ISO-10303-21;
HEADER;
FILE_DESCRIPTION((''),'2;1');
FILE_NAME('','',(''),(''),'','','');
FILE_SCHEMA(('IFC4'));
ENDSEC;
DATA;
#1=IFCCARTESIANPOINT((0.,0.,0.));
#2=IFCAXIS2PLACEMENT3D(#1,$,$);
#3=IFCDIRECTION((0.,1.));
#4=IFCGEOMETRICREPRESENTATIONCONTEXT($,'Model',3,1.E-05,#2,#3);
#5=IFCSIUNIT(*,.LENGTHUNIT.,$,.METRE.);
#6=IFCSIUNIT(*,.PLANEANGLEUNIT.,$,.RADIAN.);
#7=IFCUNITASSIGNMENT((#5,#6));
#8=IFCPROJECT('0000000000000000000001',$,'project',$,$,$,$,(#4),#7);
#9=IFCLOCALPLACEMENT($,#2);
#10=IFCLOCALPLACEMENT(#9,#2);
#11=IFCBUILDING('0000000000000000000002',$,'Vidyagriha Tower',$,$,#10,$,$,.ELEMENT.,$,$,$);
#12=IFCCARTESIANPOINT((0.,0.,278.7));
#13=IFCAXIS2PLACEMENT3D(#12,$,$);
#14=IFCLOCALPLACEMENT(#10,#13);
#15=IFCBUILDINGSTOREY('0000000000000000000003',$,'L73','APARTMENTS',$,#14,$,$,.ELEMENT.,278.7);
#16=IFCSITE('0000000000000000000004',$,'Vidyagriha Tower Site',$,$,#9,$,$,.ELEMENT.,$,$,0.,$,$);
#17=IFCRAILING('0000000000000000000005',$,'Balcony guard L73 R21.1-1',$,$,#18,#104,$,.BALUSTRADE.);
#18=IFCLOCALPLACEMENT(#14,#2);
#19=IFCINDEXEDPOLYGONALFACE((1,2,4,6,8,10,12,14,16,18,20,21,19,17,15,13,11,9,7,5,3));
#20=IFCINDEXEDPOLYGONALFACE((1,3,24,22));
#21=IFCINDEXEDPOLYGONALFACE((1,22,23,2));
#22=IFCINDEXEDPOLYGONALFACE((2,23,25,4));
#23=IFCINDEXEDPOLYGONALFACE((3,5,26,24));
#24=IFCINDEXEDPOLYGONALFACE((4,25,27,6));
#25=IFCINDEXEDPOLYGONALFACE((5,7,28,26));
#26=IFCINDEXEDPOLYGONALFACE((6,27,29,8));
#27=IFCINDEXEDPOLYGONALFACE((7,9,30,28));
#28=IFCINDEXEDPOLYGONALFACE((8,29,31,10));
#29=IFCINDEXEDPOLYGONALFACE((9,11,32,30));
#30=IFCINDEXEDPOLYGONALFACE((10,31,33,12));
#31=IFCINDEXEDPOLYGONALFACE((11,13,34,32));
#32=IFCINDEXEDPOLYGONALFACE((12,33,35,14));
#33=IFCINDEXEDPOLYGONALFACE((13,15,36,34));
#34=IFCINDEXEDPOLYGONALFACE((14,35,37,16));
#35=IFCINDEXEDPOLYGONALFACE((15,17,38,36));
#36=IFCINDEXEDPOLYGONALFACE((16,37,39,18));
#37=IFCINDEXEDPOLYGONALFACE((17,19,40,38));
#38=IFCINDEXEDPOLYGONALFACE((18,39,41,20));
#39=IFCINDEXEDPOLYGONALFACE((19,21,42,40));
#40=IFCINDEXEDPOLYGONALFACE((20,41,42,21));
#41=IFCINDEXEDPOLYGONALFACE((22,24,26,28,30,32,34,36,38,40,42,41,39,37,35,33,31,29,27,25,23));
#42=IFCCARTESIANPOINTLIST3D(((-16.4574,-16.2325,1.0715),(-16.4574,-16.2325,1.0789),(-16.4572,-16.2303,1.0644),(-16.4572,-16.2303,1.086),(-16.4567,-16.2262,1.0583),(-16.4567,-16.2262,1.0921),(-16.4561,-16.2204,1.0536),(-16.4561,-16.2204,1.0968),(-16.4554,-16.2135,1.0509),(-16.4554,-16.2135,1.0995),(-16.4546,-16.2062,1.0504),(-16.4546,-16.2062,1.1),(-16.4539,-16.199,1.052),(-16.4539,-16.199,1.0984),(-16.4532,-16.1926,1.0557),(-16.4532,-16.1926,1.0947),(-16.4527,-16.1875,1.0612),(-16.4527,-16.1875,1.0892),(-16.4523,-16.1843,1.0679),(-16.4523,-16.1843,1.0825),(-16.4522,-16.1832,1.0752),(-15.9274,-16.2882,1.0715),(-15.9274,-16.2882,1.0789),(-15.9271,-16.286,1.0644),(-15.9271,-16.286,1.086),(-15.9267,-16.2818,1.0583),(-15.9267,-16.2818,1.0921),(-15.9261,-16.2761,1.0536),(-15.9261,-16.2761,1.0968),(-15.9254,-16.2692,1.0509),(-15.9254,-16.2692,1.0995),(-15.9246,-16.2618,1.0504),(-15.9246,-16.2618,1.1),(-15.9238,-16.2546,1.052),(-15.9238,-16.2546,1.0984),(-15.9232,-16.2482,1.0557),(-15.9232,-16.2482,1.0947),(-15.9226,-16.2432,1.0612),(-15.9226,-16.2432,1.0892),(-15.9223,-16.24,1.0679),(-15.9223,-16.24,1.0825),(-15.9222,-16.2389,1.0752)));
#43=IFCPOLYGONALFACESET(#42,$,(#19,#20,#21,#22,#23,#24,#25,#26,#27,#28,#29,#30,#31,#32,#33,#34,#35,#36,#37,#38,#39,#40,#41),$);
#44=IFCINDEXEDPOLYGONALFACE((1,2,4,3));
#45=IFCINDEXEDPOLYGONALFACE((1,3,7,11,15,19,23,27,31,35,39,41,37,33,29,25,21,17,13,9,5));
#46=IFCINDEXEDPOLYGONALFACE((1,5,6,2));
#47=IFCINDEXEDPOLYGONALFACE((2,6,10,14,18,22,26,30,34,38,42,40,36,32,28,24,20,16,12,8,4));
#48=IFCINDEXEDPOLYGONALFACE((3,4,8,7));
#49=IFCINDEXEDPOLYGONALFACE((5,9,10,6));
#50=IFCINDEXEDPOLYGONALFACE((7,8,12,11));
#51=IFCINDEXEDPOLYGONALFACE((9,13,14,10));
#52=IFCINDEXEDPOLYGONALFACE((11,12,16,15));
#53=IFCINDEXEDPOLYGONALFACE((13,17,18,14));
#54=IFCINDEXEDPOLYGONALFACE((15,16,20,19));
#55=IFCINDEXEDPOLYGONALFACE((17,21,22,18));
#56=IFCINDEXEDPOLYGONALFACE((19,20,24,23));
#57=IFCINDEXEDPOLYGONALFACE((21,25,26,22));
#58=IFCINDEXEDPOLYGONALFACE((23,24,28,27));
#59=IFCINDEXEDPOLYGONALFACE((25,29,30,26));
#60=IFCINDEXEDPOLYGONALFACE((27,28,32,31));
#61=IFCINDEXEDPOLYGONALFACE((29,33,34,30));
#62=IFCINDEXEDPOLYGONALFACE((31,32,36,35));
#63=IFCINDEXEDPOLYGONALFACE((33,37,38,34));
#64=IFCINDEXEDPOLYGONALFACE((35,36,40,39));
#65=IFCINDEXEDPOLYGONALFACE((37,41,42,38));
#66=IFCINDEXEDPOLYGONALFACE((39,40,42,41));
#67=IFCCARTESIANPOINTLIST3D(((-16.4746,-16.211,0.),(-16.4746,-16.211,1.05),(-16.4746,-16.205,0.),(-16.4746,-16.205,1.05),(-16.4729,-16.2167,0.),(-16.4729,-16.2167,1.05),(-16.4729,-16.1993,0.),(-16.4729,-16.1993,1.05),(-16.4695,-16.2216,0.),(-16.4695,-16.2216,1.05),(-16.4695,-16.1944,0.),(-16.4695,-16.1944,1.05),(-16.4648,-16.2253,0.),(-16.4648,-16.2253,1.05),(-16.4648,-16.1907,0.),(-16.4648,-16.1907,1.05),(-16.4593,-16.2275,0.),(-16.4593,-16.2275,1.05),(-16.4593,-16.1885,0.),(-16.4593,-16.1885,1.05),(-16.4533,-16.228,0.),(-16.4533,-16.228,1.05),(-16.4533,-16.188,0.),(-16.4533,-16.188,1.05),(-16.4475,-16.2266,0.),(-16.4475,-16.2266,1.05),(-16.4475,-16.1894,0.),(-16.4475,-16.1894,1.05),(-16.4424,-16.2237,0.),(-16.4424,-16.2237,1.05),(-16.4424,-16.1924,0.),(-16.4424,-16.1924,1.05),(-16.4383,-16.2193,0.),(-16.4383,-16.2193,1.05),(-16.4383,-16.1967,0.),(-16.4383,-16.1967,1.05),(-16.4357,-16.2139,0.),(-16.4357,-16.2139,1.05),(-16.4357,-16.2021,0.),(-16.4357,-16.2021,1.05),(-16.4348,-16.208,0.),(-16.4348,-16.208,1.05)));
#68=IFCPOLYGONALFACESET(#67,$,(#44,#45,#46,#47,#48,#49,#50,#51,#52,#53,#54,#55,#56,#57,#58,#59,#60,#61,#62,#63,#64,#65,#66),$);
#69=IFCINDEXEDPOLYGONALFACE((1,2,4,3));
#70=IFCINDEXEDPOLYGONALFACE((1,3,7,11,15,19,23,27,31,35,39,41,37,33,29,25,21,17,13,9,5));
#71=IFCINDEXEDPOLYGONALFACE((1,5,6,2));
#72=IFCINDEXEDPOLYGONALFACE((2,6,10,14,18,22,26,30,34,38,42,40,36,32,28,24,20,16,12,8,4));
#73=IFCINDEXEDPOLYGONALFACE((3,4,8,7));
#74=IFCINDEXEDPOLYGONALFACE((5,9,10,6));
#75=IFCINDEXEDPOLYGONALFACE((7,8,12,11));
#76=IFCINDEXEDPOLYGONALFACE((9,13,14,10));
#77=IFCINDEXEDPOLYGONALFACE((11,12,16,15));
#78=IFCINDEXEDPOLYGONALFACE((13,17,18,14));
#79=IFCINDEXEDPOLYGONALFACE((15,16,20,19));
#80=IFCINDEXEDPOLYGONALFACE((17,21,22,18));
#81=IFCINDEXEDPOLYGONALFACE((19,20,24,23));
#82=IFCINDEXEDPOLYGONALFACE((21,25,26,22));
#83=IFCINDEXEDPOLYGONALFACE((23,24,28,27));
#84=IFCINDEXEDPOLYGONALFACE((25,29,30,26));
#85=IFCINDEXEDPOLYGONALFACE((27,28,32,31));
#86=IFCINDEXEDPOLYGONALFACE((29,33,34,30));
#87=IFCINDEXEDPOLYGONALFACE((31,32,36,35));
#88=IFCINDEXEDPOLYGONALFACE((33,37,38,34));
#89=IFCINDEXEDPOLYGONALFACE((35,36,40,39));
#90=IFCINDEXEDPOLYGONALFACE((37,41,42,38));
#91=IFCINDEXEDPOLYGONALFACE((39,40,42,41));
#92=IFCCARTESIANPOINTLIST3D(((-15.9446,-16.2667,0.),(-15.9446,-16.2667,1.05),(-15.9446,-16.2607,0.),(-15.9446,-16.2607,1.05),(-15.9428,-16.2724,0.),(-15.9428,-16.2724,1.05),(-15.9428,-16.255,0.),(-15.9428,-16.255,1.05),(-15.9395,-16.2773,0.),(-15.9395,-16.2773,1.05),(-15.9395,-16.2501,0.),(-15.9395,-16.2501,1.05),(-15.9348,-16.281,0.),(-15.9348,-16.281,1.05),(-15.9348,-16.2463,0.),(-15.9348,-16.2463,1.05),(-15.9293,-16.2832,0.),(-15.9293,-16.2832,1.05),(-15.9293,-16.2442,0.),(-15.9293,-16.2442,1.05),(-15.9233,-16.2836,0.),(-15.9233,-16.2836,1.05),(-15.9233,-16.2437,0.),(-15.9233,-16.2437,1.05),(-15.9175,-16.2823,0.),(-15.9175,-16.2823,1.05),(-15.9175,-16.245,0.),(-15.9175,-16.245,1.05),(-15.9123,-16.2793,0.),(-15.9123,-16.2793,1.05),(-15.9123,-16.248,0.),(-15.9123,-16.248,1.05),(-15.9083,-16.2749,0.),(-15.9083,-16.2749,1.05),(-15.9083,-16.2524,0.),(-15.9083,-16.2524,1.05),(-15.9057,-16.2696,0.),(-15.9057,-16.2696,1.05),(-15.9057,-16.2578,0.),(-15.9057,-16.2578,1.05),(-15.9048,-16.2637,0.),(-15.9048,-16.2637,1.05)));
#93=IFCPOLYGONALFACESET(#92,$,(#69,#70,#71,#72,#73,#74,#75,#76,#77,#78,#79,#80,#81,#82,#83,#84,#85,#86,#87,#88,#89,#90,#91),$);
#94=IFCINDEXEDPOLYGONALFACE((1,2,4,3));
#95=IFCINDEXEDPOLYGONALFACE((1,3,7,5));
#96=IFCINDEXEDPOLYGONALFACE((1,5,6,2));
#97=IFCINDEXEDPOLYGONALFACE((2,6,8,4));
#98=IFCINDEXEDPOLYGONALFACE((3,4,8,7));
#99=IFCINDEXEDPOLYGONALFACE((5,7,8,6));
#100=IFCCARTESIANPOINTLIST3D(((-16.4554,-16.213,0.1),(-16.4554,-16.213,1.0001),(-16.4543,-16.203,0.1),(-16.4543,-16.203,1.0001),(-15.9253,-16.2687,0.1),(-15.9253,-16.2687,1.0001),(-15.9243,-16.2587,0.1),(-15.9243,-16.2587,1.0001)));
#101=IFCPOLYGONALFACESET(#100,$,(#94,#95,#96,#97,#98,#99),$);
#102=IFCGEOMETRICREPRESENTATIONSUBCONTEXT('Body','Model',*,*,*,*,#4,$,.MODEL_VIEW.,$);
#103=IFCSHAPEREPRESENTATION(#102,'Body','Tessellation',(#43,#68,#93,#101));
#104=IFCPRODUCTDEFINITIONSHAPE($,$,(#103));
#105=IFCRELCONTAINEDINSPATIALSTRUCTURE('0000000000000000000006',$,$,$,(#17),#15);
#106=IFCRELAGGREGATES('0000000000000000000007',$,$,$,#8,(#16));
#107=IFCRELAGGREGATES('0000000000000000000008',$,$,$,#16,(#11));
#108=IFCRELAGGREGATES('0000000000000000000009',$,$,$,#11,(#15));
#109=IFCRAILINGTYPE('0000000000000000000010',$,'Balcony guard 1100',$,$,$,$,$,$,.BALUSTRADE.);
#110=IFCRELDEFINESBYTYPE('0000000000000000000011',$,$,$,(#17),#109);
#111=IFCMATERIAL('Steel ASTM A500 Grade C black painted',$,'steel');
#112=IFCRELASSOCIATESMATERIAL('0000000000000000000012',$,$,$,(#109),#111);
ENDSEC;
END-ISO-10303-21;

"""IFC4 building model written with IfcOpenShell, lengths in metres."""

from ifc_helpers import new_model, si_unit, direction, frame, origin, origin_2d, place, context, subcontext, project, spatial, rectangle, circle, extrude, material, type_object, element, save


model = new_model("IFC4")

# Units and contexts
model_context = context("Model", 3, precision=1e-05, world=origin(), true_north=direction((0.0, 1.0)))
body_context = subcontext(model_context, "Body", "Model", "MODEL_VIEW")
ifc_project = project(units=[si_unit("LENGTHUNIT", "METRE"), si_unit("PLANEANGLEUNIT", "RADIAN")], contexts=[model_context])

# Site, building, storey
site_placement = place(None, origin())
site = spatial("IfcSite", under=ifc_project, at=site_placement, Name="Vidyagriha Tower Site", CompositionType="ELEMENT", RefElevation=0.0)
building_placement = place(site_placement, origin())
building = spatial("IfcBuilding", under=site, at=building_placement, Name="Vidyagriha Tower", CompositionType="ELEMENT")
storey_placement = place(building_placement, frame((0.0, 0.0, 278.7)))
storey = spatial("IfcBuildingStorey", under=building, at=storey_placement, Name="L73", Description="APARTMENTS", CompositionType="ELEMENT", Elevation=278.7)

# Railing
ifc_material_1 = material(Name="Steel ASTM A500 Grade C black painted", Category="steel")
railing_type_1 = type_object("IfcRailingType", Name="Balcony guard 1100", PredefinedType="BALUSTRADE", material=ifc_material_1)
railing_1_placement = place(storey_placement, frame((-16.4548, -16.208, 0.0)))
element("IfcRailing", 1, at=railing_1_placement, inside=storey, type_object=railing_type_1, Name="Balcony guard L73 R21.1-1", PredefinedType="BALUSTRADE", context=body_context, shape_type="SweptSolid", body=[
    extrude(circle(Radius=0.0249, at=origin_2d()), frame((0.0, 0.0, 1.0752), z_axis=(0.994531, -0.104446, 0.0), x_axis=(0.104446, 0.994531, 0.0)), (0.0, 0.0, 1.0), 0.533),
    extrude(circle(Radius=0.02, at=origin_2d()), origin(), (0.0, 0.0, 1.0), 1.05),
    extrude(circle(Radius=0.02, at=origin_2d()), frame((0.53, -0.0557, 0.0)), (0.0, 0.0, 1.0), 1.05),
    extrude(rectangle(XDim=0.01, YDim=0.9001, at=origin_2d()), frame((0.0, 0.0, 0.55), z_axis=(0.994531, -0.104446, 0.0), x_axis=(0.104446, 0.994531, 0.0)), (0.0, 0.0, 1.0), 0.533),
])

save(model, "model.ifc")
